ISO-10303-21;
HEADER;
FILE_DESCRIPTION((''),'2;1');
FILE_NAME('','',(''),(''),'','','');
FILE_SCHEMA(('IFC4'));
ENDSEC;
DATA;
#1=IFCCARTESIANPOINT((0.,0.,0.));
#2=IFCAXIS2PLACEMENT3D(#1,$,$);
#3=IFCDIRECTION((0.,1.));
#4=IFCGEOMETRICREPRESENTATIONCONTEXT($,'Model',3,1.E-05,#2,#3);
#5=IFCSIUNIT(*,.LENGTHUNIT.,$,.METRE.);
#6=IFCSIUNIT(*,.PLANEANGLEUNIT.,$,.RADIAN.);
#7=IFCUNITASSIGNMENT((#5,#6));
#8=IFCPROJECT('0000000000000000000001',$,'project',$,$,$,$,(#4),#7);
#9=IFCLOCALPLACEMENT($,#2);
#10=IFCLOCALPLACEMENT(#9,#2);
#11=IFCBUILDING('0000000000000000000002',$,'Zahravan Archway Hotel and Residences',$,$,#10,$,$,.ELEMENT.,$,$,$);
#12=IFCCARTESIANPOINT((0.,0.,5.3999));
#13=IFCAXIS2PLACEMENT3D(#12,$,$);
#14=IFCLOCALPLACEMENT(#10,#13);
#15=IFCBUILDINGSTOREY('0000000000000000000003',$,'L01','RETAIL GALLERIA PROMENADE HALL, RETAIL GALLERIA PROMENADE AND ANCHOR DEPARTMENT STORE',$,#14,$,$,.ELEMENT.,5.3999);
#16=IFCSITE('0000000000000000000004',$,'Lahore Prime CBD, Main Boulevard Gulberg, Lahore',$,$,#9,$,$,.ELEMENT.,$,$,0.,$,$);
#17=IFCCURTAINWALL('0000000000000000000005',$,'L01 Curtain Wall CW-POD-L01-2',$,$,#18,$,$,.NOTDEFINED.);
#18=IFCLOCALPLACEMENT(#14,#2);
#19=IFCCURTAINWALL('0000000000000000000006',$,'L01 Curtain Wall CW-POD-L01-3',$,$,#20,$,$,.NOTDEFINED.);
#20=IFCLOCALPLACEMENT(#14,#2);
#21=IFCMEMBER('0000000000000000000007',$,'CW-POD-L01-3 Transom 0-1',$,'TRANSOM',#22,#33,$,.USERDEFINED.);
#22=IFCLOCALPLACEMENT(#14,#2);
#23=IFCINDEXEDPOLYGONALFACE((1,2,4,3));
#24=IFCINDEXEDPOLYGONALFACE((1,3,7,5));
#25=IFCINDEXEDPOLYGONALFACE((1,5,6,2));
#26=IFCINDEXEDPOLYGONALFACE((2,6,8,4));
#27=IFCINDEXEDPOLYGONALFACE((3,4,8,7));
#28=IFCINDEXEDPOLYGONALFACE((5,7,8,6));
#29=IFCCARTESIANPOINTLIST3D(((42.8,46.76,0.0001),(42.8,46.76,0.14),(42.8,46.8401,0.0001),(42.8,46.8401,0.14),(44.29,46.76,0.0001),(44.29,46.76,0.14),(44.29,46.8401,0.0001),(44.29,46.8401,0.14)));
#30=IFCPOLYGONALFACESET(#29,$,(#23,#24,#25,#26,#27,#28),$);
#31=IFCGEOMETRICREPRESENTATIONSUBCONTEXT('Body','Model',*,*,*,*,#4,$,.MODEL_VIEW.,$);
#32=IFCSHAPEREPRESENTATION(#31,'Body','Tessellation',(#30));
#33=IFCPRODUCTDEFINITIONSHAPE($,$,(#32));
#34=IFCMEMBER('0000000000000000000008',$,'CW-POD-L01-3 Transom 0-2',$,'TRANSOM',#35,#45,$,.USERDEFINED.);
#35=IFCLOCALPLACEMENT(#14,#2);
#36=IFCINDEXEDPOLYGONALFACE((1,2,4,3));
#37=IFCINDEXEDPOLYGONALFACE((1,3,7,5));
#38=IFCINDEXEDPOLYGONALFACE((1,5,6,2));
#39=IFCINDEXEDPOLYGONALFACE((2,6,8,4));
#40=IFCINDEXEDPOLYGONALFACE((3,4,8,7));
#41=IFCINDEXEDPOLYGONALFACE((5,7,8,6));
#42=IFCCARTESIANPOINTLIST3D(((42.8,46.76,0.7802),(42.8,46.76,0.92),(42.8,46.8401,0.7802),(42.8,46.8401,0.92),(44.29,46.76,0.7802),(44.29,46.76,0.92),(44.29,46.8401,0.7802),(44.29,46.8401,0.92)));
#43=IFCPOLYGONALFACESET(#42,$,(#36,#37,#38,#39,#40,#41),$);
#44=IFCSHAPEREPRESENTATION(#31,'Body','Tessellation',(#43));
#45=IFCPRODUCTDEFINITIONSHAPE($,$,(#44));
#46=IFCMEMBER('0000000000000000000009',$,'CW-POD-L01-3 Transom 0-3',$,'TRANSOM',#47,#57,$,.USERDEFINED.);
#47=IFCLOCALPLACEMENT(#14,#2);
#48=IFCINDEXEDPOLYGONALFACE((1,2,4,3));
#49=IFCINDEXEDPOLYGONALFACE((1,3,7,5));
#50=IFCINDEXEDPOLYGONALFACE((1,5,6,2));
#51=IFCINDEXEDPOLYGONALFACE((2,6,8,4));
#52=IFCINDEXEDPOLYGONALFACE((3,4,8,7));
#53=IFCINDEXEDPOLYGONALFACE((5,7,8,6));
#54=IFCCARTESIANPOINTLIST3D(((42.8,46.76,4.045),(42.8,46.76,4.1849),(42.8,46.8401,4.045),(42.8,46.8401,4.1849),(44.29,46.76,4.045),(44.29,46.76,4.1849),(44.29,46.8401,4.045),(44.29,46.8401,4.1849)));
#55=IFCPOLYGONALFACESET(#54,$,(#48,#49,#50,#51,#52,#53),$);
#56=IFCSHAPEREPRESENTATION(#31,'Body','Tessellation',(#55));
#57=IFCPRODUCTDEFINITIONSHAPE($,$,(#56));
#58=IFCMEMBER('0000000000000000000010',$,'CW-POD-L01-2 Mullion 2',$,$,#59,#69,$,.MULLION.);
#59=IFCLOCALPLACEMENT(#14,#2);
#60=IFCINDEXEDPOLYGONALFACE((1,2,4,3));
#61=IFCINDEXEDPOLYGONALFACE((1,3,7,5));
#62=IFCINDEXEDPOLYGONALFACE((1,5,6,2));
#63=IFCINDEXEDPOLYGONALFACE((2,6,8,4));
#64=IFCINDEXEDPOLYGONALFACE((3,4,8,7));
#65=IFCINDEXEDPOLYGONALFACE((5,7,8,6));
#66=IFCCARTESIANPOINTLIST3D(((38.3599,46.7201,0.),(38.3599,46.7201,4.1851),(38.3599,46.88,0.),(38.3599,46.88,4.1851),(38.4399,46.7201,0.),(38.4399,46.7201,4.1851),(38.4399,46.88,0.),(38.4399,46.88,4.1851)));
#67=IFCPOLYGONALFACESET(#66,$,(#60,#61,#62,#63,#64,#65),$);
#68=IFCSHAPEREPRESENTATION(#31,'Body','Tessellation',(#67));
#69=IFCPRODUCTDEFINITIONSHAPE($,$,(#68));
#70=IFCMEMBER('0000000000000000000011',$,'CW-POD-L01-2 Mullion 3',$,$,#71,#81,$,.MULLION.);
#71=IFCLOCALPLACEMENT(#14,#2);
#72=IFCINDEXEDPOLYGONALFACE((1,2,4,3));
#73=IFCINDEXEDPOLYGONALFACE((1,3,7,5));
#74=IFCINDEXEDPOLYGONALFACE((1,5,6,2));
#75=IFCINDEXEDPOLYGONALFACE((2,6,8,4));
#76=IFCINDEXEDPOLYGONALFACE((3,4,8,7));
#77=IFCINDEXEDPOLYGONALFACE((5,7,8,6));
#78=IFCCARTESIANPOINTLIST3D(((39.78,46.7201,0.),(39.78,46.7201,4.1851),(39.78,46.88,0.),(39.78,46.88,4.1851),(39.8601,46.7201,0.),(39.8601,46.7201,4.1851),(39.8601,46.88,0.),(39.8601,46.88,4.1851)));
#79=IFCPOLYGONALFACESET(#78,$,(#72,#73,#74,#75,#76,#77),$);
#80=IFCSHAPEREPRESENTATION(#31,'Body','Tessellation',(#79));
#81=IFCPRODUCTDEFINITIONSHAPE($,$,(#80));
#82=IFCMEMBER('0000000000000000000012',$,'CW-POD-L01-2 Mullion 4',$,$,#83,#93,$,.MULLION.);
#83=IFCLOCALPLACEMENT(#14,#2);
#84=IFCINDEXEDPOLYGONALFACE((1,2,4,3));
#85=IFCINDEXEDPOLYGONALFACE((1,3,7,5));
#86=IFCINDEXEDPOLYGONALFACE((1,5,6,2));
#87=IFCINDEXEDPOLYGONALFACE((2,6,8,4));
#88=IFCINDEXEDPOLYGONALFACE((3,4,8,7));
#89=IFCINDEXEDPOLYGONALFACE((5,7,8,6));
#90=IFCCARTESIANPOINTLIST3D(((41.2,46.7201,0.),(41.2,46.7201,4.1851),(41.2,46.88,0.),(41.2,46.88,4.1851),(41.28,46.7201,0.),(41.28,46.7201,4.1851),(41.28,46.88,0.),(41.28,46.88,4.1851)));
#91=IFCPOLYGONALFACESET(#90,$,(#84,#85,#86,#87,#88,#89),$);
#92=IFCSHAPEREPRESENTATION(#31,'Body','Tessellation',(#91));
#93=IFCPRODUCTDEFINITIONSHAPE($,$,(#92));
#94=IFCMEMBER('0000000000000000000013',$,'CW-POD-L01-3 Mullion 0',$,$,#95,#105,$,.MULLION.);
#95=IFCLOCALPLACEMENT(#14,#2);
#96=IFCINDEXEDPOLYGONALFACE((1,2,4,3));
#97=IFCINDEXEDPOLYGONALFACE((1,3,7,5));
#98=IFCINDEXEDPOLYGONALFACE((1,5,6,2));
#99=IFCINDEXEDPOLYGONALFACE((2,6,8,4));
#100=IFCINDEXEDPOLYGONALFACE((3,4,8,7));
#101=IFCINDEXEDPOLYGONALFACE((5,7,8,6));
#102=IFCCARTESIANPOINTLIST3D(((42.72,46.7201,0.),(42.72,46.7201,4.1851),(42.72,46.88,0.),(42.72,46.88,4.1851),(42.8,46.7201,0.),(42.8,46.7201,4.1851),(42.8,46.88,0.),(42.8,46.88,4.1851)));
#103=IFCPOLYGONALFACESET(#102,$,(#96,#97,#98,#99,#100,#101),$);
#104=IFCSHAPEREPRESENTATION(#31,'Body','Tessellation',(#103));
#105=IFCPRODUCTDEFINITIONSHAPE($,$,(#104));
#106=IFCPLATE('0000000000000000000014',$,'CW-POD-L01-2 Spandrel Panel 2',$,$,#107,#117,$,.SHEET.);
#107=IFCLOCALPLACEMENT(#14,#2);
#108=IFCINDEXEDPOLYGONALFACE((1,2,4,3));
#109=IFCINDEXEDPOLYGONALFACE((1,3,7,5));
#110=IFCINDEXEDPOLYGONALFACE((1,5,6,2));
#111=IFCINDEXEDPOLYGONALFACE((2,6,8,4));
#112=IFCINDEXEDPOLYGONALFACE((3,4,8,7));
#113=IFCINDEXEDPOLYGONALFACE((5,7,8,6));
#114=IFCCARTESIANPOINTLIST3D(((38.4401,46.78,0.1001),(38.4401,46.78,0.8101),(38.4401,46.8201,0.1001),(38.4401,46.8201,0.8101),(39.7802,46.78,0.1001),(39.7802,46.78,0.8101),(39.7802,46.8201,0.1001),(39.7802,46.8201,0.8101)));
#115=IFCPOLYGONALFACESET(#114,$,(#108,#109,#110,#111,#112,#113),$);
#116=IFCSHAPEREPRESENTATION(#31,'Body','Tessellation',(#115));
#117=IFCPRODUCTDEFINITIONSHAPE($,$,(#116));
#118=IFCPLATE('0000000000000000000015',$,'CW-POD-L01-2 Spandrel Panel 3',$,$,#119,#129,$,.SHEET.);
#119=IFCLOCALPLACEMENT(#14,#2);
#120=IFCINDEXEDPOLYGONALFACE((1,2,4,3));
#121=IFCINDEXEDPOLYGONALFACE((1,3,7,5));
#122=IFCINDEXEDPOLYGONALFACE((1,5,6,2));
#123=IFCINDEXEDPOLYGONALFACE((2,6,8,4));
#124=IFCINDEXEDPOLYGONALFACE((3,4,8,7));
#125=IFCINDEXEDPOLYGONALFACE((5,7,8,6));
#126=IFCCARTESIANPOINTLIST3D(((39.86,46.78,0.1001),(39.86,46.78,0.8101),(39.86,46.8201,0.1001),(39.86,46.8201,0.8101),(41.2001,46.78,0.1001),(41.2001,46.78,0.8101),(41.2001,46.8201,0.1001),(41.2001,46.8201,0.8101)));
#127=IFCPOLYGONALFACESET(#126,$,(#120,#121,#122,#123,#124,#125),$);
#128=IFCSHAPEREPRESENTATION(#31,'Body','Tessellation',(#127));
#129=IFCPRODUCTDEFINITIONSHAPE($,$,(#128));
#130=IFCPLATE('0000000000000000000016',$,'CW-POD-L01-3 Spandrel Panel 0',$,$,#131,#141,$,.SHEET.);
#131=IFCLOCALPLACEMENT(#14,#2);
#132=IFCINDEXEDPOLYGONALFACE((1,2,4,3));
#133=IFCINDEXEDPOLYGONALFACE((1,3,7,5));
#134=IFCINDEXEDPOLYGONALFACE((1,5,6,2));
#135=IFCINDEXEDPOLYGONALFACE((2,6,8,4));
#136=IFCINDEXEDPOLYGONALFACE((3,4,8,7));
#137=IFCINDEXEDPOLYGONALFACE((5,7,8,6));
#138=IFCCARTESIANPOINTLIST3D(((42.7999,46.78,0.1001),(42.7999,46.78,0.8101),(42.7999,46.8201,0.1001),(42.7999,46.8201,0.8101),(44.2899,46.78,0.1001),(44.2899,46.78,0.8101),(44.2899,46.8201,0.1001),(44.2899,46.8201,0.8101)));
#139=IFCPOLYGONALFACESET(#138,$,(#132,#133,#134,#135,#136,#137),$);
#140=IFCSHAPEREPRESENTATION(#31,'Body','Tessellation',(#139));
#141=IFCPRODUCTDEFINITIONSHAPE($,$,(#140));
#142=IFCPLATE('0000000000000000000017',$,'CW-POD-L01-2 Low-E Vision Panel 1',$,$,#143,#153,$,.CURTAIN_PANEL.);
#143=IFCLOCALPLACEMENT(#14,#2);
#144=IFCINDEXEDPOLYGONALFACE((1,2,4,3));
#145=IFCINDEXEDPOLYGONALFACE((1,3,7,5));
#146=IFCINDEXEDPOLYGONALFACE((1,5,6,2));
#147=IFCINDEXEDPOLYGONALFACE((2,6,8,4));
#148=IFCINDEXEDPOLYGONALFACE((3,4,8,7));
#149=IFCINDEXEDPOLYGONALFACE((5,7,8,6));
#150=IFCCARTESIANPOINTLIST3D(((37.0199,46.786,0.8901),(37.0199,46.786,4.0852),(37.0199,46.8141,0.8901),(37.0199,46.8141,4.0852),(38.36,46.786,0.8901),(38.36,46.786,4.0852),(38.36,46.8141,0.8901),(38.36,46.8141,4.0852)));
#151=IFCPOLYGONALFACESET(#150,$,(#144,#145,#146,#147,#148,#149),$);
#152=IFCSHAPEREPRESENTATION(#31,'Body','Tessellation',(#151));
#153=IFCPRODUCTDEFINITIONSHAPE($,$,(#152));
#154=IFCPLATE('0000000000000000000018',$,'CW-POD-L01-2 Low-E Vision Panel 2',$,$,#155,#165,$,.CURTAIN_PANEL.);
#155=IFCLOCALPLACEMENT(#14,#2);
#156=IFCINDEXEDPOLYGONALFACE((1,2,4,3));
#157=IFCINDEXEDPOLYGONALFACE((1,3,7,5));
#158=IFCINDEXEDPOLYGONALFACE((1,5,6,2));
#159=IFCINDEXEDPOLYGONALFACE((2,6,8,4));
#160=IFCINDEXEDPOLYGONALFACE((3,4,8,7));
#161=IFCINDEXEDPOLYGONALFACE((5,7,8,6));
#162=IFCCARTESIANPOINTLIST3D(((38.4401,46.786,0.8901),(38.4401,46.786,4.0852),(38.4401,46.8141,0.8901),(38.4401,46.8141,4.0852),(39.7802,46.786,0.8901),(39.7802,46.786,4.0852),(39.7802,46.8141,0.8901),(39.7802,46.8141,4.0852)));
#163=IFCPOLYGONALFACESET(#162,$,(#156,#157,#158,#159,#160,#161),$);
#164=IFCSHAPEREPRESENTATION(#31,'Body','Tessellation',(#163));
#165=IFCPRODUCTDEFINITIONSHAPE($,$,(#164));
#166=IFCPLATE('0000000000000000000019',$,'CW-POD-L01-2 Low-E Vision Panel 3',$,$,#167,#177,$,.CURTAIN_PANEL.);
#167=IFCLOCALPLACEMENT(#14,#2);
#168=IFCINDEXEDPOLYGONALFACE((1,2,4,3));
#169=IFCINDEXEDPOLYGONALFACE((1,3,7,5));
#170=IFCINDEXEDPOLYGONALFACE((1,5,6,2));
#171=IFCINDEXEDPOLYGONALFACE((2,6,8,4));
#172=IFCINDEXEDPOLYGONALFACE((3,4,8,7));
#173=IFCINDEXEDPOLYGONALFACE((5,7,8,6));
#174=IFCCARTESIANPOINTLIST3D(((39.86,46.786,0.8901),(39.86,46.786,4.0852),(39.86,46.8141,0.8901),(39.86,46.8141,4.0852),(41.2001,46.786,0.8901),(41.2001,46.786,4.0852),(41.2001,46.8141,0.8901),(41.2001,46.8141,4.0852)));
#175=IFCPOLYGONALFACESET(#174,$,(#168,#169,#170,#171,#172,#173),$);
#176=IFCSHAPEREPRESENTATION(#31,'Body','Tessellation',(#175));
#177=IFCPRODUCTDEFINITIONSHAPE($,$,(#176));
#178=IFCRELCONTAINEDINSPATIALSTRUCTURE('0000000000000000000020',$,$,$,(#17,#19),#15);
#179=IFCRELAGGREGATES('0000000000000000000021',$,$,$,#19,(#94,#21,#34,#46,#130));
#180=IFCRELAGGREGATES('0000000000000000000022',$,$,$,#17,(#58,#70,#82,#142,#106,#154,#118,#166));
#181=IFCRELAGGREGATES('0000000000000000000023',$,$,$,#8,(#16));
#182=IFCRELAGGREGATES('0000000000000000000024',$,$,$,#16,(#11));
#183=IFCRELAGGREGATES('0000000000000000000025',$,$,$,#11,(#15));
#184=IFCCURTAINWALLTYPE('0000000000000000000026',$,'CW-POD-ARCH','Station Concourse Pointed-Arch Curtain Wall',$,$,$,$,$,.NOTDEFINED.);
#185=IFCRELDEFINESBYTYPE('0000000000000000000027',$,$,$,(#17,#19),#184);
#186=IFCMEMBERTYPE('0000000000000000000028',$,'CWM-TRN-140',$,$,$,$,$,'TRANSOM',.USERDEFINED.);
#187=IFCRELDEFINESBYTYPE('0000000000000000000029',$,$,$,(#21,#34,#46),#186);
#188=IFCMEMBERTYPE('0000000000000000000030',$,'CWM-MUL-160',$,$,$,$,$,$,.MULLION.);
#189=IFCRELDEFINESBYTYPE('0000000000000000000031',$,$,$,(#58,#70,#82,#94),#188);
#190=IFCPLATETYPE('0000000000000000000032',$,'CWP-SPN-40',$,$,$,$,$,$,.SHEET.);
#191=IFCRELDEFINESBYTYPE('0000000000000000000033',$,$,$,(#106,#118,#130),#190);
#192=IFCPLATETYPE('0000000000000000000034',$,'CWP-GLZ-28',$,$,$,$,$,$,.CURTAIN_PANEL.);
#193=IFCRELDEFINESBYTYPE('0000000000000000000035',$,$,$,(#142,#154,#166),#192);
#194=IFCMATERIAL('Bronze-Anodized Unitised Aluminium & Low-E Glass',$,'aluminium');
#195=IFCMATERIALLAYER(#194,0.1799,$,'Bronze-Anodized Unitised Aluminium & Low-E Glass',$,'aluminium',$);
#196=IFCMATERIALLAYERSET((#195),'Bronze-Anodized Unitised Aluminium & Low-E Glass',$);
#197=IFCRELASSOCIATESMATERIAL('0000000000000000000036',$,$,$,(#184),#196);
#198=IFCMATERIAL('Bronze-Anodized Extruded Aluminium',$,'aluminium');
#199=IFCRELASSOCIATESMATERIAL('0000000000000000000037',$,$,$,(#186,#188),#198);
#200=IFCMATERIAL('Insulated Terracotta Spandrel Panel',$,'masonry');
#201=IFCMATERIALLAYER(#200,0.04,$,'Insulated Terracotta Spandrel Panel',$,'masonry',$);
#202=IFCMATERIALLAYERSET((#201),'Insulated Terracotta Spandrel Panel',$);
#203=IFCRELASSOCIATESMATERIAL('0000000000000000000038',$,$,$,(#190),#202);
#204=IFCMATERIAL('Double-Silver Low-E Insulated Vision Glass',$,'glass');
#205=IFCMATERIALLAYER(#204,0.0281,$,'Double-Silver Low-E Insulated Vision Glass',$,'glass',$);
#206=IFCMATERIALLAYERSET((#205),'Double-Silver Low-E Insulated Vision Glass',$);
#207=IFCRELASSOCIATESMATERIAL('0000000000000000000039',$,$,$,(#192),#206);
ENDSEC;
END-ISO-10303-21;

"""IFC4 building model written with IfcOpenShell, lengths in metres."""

from ifc_helpers import new_model, si_unit, direction, frame, origin, origin_2d, place, context, subcontext, project, spatial, rectangle, extrude, source, transform, mapped, material, layer, layer_set, material_profile, profile_set, type_object, element, aggregate, save


model = new_model("IFC4")

# Units and contexts
model_context = context("Model", 3, precision=1e-05, world=origin(), true_north=direction((0.0, 1.0)))
body_context = subcontext(model_context, "Body", "Model", "MODEL_VIEW")
ifc_project = project(units=[si_unit("LENGTHUNIT", "METRE"), si_unit("PLANEANGLEUNIT", "RADIAN")], contexts=[model_context])

# Site, building, storey
site_placement = place(None, origin())
site = spatial("IfcSite", under=ifc_project, at=site_placement, Name="Lahore Prime CBD, Main Boulevard Gulberg, Lahore", CompositionType="ELEMENT", RefElevation=0.0)
building_placement = place(site_placement, origin())
building = spatial("IfcBuilding", under=site, at=building_placement, Name="Zahravan Archway Hotel and Residences", CompositionType="ELEMENT")
storey_placement = place(building_placement, frame((0.0, 0.0, 5.3999)))
storey = spatial("IfcBuildingStorey", under=building, at=storey_placement, Name="L01", Description="RETAIL GALLERIA PROMENADE HALL, RETAIL GALLERIA PROMENADE AND ANCHOR DEPARTMENT STORE", CompositionType="ELEMENT", Elevation=5.3999)

# Curtain walls, members
ifc_material_1 = material(Name="Bronze-Anodized Unitised Aluminium & Low-E Glass", Category="aluminium")
ifc_layer_1 = layer(ifc_material_1, 0.1799, Name="Bronze-Anodized Unitised Aluminium & Low-E Glass", Category="aluminium")
ifc_layer_set_1 = layer_set([ifc_layer_1], Name="Bronze-Anodized Unitised Aluminium & Low-E Glass")
curtain_wall_type = type_object("IfcCurtainWallType", Name="CW-POD-ARCH", Description="Station Concourse Pointed-Arch Curtain Wall", PredefinedType="NOTDEFINED", material=ifc_layer_set_1)
curtain_wall_1_placement = place(storey_placement, origin())
curtain_wall_1 = element("IfcCurtainWall", 1, at=curtain_wall_1_placement, inside=storey, type_object=curtain_wall_type, Name="L01 Curtain Wall CW-POD-L01-2", PredefinedType="NOTDEFINED")
ifc_material_2 = material(Name="Bronze-Anodized Extruded Aluminium", Category="aluminium")
ifc_material_profile_1 = material_profile(ifc_material_2, rectangle(XDim=0.0801, YDim=0.1399, at=origin_2d()), Name="TRN 80x140", Category="aluminium")
ifc_profile_set_1 = profile_set([ifc_material_profile_1], Name="Bronze-Anodized Extruded Aluminium")
member_type_1 = type_object("IfcMemberType", Name="CWM-TRN-140", ElementType="TRANSOM", PredefinedType="USERDEFINED", material=ifc_profile_set_1)
curtain_wall_2_placement = place(storey_placement, origin())
curtain_wall_2 = element("IfcCurtainWall", 2, at=curtain_wall_2_placement, inside=storey, type_object=curtain_wall_type, Name="L01 Curtain Wall CW-POD-L01-3", PredefinedType="NOTDEFINED")
shared_shape_1 = source(origin(), body_context, "Body", "SweptSolid", [
    extrude(rectangle(XDim=0.0801, YDim=0.1399, at=origin_2d()), origin(), (0.0, 0.0, 1.0), 1.49),
])
member_1_placement = place(storey_placement, frame((42.8, 46.8, 0.0701), z_axis=(1.0, 0.0, 0.0), x_axis=(0.0, 1.0, 0.0)))
member_1 = element("IfcMember", 3, at=member_1_placement, type_object=member_type_1, Name="CW-POD-L01-3 Transom 0-1", ObjectType="TRANSOM", PredefinedType="USERDEFINED", context=body_context, shape_type="MappedRepresentation", body=[
    mapped(shared_shape_1, transform((0.0, 0.0, 0.0), scale=1.0)),
])
member_2_placement = place(storey_placement, frame((42.8, 46.8, 0.8501), z_axis=(1.0, 0.0, 0.0), x_axis=(0.0, 1.0, 0.0)))
member_2 = element("IfcMember", 4, at=member_2_placement, type_object=member_type_1, Name="CW-POD-L01-3 Transom 0-2", ObjectType="TRANSOM", PredefinedType="USERDEFINED", context=body_context, shape_type="MappedRepresentation", body=[
    mapped(shared_shape_1, transform((0.0, 0.0, 0.0), scale=1.0)),
])
member_3_placement = place(storey_placement, frame((42.8, 46.8, 4.115), z_axis=(1.0, 0.0, 0.0), x_axis=(0.0, 1.0, 0.0)))
member_3 = element("IfcMember", 5, at=member_3_placement, type_object=member_type_1, Name="CW-POD-L01-3 Transom 0-3", ObjectType="TRANSOM", PredefinedType="USERDEFINED", context=body_context, shape_type="MappedRepresentation", body=[
    mapped(shared_shape_1, transform((0.0, 0.0, 0.0), scale=1.0)),
])

# Members
ifc_material_profile_2 = material_profile(ifc_material_2, rectangle(XDim=0.0801, YDim=0.1599, at=origin_2d()), Name="MUL 80x160", Category="aluminium")
ifc_profile_set_2 = profile_set([ifc_material_profile_2], Name="Bronze-Anodized Extruded Aluminium")
member_type_2 = type_object("IfcMemberType", Name="CWM-MUL-160", PredefinedType="MULLION", material=ifc_profile_set_2)
shared_shape_2 = source(origin(), body_context, "Body", "SweptSolid", [
    extrude(rectangle(XDim=0.0801, YDim=0.1599, at=origin_2d()), origin(), (0.0, 0.0, 1.0), 4.1851),
])
member_4_placement = place(storey_placement, frame((38.3999, 46.8, 0.0), z_axis=(0.0, 0.0, 1.0), x_axis=(1.0, 0.0, 0.0)))
member_4 = element("IfcMember", 6, at=member_4_placement, type_object=member_type_2, Name="CW-POD-L01-2 Mullion 2", PredefinedType="MULLION", context=body_context, shape_type="MappedRepresentation", body=[
    mapped(shared_shape_2, transform((0.0, 0.0, 0.0), scale=1.0)),
])
member_5_placement = place(storey_placement, frame((39.8201, 46.8, 0.0), z_axis=(0.0, 0.0, 1.0), x_axis=(1.0, 0.0, 0.0)))
member_5 = element("IfcMember", 7, at=member_5_placement, type_object=member_type_2, Name="CW-POD-L01-2 Mullion 3", PredefinedType="MULLION", context=body_context, shape_type="MappedRepresentation", body=[
    mapped(shared_shape_2, transform((0.0, 0.0, 0.0), scale=1.0)),
])
member_6_placement = place(storey_placement, frame((41.24, 46.8, 0.0), z_axis=(0.0, 0.0, 1.0), x_axis=(1.0, 0.0, 0.0)))
member_6 = element("IfcMember", 8, at=member_6_placement, type_object=member_type_2, Name="CW-POD-L01-2 Mullion 4", PredefinedType="MULLION", context=body_context, shape_type="MappedRepresentation", body=[
    mapped(shared_shape_2, transform((0.0, 0.0, 0.0), scale=1.0)),
])
member_7_placement = place(storey_placement, frame((42.76, 46.8, 0.0), z_axis=(0.0, 0.0, 1.0), x_axis=(1.0, 0.0, 0.0)))
member_7 = element("IfcMember", 9, at=member_7_placement, type_object=member_type_2, Name="CW-POD-L01-3 Mullion 0", PredefinedType="MULLION", context=body_context, shape_type="MappedRepresentation", body=[
    mapped(shared_shape_2, transform((0.0, 0.0, 0.0), scale=1.0)),
])

# Plates
ifc_material_3 = material(Name="Insulated Terracotta Spandrel Panel", Category="masonry")
ifc_layer_2 = layer(ifc_material_3, 0.04, Name="Insulated Terracotta Spandrel Panel", Category="masonry")
ifc_layer_set_2 = layer_set([ifc_layer_2], Name="Insulated Terracotta Spandrel Panel")
plate_type_1 = type_object("IfcPlateType", Name="CWP-SPN-40", PredefinedType="SHEET", material=ifc_layer_set_2)
shared_shape_3 = source(origin(), body_context, "Body", "SweptSolid", [
    extrude(rectangle(XDim=1.3401, YDim=0.04, at=origin_2d()), origin(), (0.0, 0.0, 1.0), 0.71),
])
plate_1_placement = place(storey_placement, frame((39.1101, 46.8, 0.1001), z_axis=(0.0, 0.0, 1.0), x_axis=(1.0, 0.0, 0.0)))
plate_1 = element("IfcPlate", 10, at=plate_1_placement, type_object=plate_type_1, Name="CW-POD-L01-2 Spandrel Panel 2", PredefinedType="SHEET", context=body_context, shape_type="MappedRepresentation", body=[
    mapped(shared_shape_3, transform((0.0, 0.0, 0.0), scale=1.0)),
])
plate_2_placement = place(storey_placement, frame((40.53, 46.8, 0.1001), z_axis=(0.0, 0.0, 1.0), x_axis=(1.0, 0.0, 0.0)))
plate_2 = element("IfcPlate", 11, at=plate_2_placement, type_object=plate_type_1, Name="CW-POD-L01-2 Spandrel Panel 3", PredefinedType="SHEET", context=body_context, shape_type="MappedRepresentation", body=[
    mapped(shared_shape_3, transform((0.0, 0.0, 0.0), scale=1.0)),
])
shared_shape_4 = source(origin(), body_context, "Body", "SweptSolid", [
    extrude(rectangle(XDim=1.49, YDim=0.04, at=origin_2d()), origin(), (0.0, 0.0, 1.0), 0.71),
])
plate_3_placement = place(storey_placement, frame((43.5449, 46.8, 0.1001), z_axis=(0.0, 0.0, 1.0), x_axis=(1.0, 0.0, 0.0)))
plate_3 = element("IfcPlate", 12, at=plate_3_placement, type_object=plate_type_1, Name="CW-POD-L01-3 Spandrel Panel 0", PredefinedType="SHEET", context=body_context, shape_type="MappedRepresentation", body=[
    mapped(shared_shape_4, transform((0.0, 0.0, 0.0), scale=1.0)),
])
aggregate(curtain_wall_2, [member_7, member_1, member_2, member_3, plate_3])
ifc_material_4 = material(Name="Double-Silver Low-E Insulated Vision Glass", Category="glass")
ifc_layer_3 = layer(ifc_material_4, 0.0281, Name="Double-Silver Low-E Insulated Vision Glass", Category="glass")
ifc_layer_set_3 = layer_set([ifc_layer_3], Name="Double-Silver Low-E Insulated Vision Glass")
plate_type_2 = type_object("IfcPlateType", Name="CWP-GLZ-28", PredefinedType="CURTAIN_PANEL", material=ifc_layer_set_3)
shared_shape_5 = source(origin(), body_context, "Body", "SweptSolid", [
    extrude(rectangle(XDim=1.3401, YDim=0.0281, at=origin_2d()), origin(), (0.0, 0.0, 1.0), 3.1951),
])
plate_4_placement = place(storey_placement, frame((37.6899, 46.8, 0.8901), z_axis=(0.0, 0.0, 1.0), x_axis=(1.0, 0.0, 0.0)))
plate_4 = element("IfcPlate", 13, at=plate_4_placement, type_object=plate_type_2, Name="CW-POD-L01-2 Low-E Vision Panel 1", PredefinedType="CURTAIN_PANEL", context=body_context, shape_type="MappedRepresentation", body=[
    mapped(shared_shape_5, transform((0.0, 0.0, 0.0), scale=1.0)),
])
plate_5_placement = place(storey_placement, frame((39.1101, 46.8, 0.8901), z_axis=(0.0, 0.0, 1.0), x_axis=(1.0, 0.0, 0.0)))
plate_5 = element("IfcPlate", 14, at=plate_5_placement, type_object=plate_type_2, Name="CW-POD-L01-2 Low-E Vision Panel 2", PredefinedType="CURTAIN_PANEL", context=body_context, shape_type="MappedRepresentation", body=[
    mapped(shared_shape_5, transform((0.0, 0.0, 0.0), scale=1.0)),
])
plate_6_placement = place(storey_placement, frame((40.53, 46.8, 0.8901), z_axis=(0.0, 0.0, 1.0), x_axis=(1.0, 0.0, 0.0)))
plate_6 = element("IfcPlate", 15, at=plate_6_placement, type_object=plate_type_2, Name="CW-POD-L01-2 Low-E Vision Panel 3", PredefinedType="CURTAIN_PANEL", context=body_context, shape_type="MappedRepresentation", body=[
    mapped(shared_shape_5, transform((0.0, 0.0, 0.0), scale=1.0)),
])
aggregate(curtain_wall_1, [member_4, member_5, member_6, plate_4, plate_1, plate_5, plate_2, plate_6])

save(model, "model.ifc")
